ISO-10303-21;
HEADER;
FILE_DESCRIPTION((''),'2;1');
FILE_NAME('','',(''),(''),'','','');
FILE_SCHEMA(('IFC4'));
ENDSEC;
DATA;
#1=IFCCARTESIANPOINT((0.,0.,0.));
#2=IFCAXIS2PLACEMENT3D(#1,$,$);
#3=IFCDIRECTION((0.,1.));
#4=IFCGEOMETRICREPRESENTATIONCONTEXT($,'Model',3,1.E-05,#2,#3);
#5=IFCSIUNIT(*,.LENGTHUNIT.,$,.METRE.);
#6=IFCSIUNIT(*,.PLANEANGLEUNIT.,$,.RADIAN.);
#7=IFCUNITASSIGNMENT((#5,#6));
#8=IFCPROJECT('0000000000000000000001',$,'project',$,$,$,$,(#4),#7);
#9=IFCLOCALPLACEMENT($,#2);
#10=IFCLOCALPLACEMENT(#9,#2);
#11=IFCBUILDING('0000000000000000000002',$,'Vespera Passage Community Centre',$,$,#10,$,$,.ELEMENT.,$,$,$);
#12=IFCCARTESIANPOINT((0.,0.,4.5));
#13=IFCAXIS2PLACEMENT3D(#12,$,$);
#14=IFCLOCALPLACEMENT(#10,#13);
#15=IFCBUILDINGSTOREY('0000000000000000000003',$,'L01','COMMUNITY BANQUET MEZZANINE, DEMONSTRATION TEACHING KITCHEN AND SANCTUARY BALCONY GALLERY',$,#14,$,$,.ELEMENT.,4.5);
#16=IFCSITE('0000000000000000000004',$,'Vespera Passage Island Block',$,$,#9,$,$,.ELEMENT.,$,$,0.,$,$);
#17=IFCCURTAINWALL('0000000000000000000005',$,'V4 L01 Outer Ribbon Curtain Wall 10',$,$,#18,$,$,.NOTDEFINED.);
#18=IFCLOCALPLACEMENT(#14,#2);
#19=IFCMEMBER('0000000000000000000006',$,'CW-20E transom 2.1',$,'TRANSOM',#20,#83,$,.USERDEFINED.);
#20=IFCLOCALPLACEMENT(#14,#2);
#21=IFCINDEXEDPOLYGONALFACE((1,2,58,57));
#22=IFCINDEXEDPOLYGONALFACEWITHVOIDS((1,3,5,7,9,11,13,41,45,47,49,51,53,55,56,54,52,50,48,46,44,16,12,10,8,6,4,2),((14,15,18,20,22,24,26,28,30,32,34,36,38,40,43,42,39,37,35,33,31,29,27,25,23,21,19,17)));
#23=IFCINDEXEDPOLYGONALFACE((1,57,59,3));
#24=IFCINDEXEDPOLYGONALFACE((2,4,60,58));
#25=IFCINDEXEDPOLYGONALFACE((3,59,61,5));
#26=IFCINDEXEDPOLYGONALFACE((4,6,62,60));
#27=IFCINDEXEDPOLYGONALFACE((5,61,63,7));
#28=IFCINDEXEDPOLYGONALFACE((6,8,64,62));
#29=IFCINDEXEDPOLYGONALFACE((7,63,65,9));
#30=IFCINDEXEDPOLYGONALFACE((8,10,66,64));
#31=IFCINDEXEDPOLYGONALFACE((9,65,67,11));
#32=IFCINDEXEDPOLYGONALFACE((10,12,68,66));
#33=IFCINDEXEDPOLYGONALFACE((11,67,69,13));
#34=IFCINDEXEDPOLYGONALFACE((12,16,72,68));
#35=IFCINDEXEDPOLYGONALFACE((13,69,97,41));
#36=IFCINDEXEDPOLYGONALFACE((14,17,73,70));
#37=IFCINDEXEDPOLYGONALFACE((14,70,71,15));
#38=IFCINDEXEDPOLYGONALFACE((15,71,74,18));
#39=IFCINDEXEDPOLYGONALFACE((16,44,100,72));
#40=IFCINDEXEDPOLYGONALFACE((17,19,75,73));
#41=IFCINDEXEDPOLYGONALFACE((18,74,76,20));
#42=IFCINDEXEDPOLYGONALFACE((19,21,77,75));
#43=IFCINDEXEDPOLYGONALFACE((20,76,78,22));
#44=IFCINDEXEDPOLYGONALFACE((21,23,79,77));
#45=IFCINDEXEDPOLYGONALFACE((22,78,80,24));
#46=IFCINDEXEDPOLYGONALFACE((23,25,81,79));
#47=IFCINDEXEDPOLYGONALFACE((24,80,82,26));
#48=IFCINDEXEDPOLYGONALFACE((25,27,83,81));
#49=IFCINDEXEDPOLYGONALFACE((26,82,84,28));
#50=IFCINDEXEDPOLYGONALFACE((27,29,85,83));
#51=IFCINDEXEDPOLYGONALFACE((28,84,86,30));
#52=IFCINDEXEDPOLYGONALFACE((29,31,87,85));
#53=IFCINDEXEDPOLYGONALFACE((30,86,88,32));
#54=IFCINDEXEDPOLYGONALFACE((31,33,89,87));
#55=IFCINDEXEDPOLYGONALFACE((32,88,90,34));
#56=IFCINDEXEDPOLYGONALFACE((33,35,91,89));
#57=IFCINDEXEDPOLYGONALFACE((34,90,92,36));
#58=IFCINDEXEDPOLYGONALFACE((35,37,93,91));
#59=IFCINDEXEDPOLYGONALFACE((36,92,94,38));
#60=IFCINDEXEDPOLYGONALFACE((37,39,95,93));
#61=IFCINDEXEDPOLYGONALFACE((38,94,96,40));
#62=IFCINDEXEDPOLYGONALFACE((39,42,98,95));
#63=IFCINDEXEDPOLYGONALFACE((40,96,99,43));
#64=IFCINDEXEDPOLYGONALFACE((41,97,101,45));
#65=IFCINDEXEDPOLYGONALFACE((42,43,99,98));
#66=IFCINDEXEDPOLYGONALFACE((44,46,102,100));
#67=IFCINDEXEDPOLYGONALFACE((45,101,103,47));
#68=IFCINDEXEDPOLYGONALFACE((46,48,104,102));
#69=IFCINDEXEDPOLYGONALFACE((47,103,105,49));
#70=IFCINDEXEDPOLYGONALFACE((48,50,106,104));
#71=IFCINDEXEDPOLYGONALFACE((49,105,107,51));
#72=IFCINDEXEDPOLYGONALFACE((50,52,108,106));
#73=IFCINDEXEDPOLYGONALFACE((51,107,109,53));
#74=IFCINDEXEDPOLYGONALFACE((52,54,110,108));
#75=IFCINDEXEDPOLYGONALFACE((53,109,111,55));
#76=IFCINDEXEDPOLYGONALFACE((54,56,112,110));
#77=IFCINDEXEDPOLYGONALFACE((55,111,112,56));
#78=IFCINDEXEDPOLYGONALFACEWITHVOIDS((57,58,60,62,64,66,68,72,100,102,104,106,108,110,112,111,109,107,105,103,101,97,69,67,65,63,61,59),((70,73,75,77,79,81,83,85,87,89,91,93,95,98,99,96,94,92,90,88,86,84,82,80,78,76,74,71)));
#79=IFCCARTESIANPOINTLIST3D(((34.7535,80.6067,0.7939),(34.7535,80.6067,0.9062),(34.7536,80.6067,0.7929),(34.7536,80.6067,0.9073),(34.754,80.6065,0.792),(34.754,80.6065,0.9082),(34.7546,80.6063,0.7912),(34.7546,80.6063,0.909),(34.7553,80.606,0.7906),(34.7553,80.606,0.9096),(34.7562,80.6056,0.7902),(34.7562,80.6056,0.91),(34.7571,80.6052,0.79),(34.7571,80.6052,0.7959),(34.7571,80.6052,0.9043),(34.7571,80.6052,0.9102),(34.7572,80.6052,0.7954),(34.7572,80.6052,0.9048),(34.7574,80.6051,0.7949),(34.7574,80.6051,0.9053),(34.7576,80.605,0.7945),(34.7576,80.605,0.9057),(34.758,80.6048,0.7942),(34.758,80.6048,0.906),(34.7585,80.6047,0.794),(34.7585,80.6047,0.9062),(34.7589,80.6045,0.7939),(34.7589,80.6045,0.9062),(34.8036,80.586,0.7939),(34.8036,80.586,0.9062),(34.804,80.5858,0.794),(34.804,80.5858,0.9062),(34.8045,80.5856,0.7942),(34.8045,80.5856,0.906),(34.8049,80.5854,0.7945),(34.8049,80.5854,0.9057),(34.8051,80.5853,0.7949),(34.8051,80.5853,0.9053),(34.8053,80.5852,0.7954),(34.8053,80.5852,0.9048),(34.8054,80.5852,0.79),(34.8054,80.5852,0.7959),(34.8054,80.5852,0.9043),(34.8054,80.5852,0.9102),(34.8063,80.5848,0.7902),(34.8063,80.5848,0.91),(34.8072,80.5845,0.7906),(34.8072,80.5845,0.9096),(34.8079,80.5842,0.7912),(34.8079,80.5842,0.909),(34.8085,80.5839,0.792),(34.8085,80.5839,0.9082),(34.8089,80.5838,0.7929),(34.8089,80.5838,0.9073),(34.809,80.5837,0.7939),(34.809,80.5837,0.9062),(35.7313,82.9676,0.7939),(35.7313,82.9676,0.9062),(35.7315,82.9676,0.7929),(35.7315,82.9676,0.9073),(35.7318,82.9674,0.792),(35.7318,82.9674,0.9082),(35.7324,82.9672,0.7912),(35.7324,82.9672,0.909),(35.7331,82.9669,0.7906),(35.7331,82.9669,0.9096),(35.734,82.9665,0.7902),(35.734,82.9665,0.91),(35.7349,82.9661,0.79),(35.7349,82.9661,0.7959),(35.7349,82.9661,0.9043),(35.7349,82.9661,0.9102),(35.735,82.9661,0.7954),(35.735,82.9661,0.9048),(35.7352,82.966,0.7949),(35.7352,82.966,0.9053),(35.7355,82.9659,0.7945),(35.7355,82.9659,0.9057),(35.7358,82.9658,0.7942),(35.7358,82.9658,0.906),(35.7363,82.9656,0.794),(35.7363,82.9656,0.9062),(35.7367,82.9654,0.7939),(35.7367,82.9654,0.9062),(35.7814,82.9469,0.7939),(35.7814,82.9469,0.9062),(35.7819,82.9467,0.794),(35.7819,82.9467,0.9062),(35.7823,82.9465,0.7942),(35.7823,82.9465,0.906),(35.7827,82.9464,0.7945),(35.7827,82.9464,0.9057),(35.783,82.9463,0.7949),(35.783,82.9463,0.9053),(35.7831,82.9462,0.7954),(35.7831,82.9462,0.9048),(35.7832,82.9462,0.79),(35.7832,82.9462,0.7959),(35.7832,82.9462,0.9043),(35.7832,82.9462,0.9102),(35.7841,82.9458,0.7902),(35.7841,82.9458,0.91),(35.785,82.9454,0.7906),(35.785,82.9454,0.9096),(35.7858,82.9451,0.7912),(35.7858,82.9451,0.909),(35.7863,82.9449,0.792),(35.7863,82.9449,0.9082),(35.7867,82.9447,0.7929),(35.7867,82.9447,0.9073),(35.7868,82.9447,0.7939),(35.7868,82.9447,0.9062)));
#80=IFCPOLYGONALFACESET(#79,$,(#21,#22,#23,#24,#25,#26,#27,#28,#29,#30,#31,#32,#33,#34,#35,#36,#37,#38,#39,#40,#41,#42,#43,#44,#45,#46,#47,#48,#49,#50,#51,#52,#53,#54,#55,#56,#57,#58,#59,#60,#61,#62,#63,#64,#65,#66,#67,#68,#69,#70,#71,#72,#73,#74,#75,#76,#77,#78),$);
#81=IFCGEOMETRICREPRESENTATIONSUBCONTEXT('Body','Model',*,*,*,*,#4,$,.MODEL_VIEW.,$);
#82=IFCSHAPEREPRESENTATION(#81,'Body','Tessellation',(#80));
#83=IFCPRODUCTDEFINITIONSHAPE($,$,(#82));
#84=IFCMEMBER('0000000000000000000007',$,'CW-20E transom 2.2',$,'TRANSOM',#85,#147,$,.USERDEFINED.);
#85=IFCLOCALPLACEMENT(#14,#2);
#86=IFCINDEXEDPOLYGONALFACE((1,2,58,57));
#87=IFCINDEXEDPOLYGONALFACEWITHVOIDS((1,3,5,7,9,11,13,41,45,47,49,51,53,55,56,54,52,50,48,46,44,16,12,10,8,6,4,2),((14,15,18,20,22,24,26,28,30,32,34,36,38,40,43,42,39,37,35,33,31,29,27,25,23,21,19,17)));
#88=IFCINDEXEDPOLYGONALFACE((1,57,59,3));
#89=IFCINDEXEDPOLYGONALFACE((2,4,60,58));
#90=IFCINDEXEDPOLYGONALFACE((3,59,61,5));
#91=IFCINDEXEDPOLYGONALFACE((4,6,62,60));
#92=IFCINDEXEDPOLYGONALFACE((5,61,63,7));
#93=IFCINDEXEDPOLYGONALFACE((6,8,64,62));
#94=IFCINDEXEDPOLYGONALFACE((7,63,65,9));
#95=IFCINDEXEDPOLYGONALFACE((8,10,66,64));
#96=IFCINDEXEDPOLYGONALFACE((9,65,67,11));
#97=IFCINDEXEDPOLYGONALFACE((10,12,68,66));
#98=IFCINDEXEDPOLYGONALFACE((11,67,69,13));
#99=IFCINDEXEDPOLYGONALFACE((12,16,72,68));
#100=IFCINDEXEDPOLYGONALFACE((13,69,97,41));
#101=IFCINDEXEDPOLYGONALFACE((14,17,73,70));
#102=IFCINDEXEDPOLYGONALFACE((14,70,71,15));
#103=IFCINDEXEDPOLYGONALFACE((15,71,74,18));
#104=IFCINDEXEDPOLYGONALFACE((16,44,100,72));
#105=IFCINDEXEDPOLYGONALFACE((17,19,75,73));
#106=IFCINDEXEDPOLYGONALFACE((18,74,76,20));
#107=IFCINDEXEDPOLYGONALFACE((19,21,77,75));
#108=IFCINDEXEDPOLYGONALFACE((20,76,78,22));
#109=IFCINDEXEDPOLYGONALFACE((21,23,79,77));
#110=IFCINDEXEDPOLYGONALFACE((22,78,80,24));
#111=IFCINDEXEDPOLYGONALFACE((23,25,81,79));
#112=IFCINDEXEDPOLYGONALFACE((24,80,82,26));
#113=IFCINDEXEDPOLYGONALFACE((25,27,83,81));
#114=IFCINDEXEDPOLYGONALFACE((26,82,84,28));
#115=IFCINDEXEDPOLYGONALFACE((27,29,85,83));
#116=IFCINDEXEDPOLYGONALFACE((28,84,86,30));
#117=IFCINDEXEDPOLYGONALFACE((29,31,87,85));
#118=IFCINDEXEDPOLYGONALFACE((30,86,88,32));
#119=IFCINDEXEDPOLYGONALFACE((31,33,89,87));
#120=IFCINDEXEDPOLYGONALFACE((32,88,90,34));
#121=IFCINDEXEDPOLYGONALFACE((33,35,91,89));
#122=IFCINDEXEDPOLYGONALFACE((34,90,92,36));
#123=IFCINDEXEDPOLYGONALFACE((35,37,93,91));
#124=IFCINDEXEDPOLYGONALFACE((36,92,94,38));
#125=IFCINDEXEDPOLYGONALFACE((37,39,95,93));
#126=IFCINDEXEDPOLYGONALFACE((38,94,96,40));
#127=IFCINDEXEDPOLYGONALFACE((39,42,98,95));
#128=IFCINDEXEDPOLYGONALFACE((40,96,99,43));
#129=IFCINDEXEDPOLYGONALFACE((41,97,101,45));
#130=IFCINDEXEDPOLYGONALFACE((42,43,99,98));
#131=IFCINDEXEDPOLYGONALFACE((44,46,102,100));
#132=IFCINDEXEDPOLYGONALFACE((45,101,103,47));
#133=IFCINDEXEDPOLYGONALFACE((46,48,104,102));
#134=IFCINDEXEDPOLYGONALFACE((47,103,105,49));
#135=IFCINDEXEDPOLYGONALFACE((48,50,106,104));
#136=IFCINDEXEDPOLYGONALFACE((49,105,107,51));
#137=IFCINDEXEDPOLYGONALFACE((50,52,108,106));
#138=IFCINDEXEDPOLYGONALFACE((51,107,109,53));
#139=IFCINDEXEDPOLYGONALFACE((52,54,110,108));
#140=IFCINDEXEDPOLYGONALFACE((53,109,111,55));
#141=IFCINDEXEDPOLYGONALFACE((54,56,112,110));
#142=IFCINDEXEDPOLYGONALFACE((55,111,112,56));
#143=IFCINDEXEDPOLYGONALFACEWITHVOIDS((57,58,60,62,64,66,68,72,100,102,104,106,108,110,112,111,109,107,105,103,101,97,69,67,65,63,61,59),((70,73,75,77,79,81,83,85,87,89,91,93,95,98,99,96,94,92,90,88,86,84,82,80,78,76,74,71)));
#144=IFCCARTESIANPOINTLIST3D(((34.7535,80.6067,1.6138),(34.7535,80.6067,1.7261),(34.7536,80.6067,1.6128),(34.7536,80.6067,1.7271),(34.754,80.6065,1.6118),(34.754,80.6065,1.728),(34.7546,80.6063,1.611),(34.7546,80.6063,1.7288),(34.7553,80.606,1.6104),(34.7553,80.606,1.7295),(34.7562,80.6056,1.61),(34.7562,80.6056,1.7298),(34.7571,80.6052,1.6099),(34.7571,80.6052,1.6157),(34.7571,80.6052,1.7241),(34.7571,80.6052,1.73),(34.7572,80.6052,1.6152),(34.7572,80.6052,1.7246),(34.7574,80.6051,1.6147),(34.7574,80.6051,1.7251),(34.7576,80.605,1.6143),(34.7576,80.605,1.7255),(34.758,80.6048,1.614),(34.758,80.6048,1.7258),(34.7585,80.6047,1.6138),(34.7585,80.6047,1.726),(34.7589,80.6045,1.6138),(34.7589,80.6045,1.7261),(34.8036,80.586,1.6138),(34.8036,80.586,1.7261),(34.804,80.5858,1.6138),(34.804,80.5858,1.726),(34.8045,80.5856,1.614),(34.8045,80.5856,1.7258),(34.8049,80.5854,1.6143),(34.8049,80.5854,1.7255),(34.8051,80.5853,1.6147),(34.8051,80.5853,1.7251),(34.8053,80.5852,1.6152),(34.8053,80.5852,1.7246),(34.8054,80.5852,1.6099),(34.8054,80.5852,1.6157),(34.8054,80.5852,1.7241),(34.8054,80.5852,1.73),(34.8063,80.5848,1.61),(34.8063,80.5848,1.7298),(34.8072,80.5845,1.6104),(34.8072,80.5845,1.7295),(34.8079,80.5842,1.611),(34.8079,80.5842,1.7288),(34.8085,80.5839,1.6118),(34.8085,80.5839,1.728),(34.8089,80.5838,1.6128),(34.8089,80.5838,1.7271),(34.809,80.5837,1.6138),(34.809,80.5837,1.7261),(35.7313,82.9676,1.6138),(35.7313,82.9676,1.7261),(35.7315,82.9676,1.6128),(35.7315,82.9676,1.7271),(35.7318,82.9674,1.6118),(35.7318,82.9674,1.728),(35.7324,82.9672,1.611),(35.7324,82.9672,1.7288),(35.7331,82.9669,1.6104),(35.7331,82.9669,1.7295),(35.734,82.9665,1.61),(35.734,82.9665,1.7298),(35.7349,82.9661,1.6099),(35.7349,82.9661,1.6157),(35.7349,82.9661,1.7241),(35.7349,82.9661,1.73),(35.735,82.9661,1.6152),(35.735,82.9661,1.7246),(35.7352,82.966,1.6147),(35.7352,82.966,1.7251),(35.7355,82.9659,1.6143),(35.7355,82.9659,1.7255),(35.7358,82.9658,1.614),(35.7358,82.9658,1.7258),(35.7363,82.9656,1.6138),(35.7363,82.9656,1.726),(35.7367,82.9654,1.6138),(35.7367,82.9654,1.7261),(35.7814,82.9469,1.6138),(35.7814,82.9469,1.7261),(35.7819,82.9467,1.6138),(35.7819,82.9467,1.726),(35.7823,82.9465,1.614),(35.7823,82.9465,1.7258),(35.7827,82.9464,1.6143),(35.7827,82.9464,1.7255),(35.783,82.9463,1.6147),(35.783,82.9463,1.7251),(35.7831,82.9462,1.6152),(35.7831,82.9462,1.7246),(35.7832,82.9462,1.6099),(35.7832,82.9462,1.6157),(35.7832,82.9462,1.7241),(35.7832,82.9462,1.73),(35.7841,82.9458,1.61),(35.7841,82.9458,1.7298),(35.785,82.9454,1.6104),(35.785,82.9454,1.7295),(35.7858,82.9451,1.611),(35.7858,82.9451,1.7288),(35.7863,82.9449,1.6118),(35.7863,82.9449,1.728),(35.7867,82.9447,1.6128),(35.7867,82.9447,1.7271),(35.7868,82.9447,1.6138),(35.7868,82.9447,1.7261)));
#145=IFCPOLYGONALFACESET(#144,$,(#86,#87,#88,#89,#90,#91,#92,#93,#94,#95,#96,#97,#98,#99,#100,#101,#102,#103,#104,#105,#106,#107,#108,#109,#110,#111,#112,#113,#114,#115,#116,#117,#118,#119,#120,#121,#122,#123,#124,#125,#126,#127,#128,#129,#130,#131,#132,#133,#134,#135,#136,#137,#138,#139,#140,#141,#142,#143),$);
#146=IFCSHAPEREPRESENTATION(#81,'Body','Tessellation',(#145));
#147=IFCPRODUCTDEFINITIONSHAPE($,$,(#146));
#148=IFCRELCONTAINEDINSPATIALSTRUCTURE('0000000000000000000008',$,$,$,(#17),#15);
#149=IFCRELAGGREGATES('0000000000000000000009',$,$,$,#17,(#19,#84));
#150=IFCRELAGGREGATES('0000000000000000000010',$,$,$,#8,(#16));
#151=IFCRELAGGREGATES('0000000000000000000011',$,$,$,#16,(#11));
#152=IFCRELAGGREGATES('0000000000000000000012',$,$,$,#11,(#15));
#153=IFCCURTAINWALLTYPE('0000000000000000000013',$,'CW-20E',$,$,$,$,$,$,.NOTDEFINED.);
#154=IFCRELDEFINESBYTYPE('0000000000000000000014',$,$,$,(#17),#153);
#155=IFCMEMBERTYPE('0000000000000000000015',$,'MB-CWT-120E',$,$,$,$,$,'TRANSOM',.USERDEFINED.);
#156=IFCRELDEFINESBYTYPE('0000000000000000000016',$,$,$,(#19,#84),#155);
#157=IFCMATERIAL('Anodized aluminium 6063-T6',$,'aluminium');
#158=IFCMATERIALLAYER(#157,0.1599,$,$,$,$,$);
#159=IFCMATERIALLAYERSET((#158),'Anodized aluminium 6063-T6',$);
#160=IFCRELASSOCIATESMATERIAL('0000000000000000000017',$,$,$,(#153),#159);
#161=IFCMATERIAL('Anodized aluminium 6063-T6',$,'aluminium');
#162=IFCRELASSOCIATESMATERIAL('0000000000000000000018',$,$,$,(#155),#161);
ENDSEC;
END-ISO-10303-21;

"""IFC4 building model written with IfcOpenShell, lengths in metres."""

from ifc_helpers import new_model, si_unit, direction, frame, origin, origin_2d, place, context, subcontext, project, spatial, hollow_rectangle, extrude, material, layer, layer_set, material_profile, profile_set, type_object, element, aggregate, save


model = new_model("IFC4")

# Units and contexts
model_context = context("Model", 3, precision=1e-05, world=origin(), true_north=direction((0.0, 1.0)))
body_context = subcontext(model_context, "Body", "Model", "MODEL_VIEW")
ifc_project = project(units=[si_unit("LENGTHUNIT", "METRE"), si_unit("PLANEANGLEUNIT", "RADIAN")], contexts=[model_context])

# Site, building, storey
site_placement = place(None, origin())
site = spatial("IfcSite", under=ifc_project, at=site_placement, Name="Vespera Passage Island Block", CompositionType="ELEMENT", RefElevation=0.0)
building_placement = place(site_placement, origin())
building = spatial("IfcBuilding", under=site, at=building_placement, Name="Vespera Passage Community Centre", CompositionType="ELEMENT")
storey_placement = place(building_placement, frame((0.0, 0.0, 4.5)))
storey = spatial("IfcBuildingStorey", under=building, at=storey_placement, Name="L01", Description="COMMUNITY BANQUET MEZZANINE, DEMONSTRATION TEACHING KITCHEN AND SANCTUARY BALCONY GALLERY", CompositionType="ELEMENT", Elevation=4.5)

# Curtain wall
ifc_material_1 = material(Name="Anodized aluminium 6063-T6", Category="aluminium")
ifc_layer_1 = layer(ifc_material_1, 0.1599)
ifc_layer_set_1 = layer_set([ifc_layer_1], Name="Anodized aluminium 6063-T6")
curtain_wall_type_1 = type_object("IfcCurtainWallType", Name="CW-20E", PredefinedType="NOTDEFINED", material=ifc_layer_set_1)
curtain_wall_1_placement = place(storey_placement, origin())
curtain_wall_1 = element("IfcCurtainWall", 1, at=curtain_wall_1_placement, inside=storey, type_object=curtain_wall_type_1, Name="V4 L01 Outer Ribbon Curtain Wall 10", PredefinedType="NOTDEFINED")

# Members
ifc_material_2 = material(Name="Anodized aluminium 6063-T6", Category="aluminium")
ifc_material_profile_1 = material_profile(ifc_material_2, hollow_rectangle(XDim=0.0601, YDim=0.1201, WallThickness=0.0039, InnerFilletRadius=0.002, OuterFilletRadius=0.0039, at=origin_2d()), Name="ALU120X60X4")
ifc_profile_set_1 = profile_set([ifc_material_profile_1], Name="Anodized aluminium 6063-T6")
member_type_1 = type_object("IfcMemberType", Name="MB-CWT-120E", ElementType="TRANSOM", PredefinedType="USERDEFINED", material=ifc_profile_set_1)
member_1_placement = place(storey_placement, frame((34.7812, 80.5952, 0.8501), z_axis=(0.382647, 0.923895, 0.0), x_axis=(-0.923895, 0.382647, 0.0)))
member_1 = element("IfcMember", 2, at=member_1_placement, type_object=member_type_1, Name="CW-20E transom 2.1", ObjectType="TRANSOM", PredefinedType="USERDEFINED", context=body_context, shape_type="SweptSolid", body=[
    extrude(hollow_rectangle(XDim=0.0601, YDim=0.1201, WallThickness=0.0039, InnerFilletRadius=0.002, OuterFilletRadius=0.0039, at=origin_2d()), origin(), (0.0, 0.0, 1.0), 2.5554),
])
member_2_placement = place(storey_placement, frame((34.7812, 80.5952, 1.6699), z_axis=(0.382647, 0.923895, 0.0), x_axis=(-0.923895, 0.382647, 0.0)))
member_2 = element("IfcMember", 3, at=member_2_placement, type_object=member_type_1, Name="CW-20E transom 2.2", ObjectType="TRANSOM", PredefinedType="USERDEFINED", context=body_context, shape_type="SweptSolid", body=[
    extrude(hollow_rectangle(XDim=0.0601, YDim=0.1201, WallThickness=0.0039, InnerFilletRadius=0.002, OuterFilletRadius=0.0039, at=origin_2d()), origin(), (0.0, 0.0, 1.0), 2.5554),
])

aggregate(curtain_wall_1, [member_1, member_2])

save(model, "model.ifc")
